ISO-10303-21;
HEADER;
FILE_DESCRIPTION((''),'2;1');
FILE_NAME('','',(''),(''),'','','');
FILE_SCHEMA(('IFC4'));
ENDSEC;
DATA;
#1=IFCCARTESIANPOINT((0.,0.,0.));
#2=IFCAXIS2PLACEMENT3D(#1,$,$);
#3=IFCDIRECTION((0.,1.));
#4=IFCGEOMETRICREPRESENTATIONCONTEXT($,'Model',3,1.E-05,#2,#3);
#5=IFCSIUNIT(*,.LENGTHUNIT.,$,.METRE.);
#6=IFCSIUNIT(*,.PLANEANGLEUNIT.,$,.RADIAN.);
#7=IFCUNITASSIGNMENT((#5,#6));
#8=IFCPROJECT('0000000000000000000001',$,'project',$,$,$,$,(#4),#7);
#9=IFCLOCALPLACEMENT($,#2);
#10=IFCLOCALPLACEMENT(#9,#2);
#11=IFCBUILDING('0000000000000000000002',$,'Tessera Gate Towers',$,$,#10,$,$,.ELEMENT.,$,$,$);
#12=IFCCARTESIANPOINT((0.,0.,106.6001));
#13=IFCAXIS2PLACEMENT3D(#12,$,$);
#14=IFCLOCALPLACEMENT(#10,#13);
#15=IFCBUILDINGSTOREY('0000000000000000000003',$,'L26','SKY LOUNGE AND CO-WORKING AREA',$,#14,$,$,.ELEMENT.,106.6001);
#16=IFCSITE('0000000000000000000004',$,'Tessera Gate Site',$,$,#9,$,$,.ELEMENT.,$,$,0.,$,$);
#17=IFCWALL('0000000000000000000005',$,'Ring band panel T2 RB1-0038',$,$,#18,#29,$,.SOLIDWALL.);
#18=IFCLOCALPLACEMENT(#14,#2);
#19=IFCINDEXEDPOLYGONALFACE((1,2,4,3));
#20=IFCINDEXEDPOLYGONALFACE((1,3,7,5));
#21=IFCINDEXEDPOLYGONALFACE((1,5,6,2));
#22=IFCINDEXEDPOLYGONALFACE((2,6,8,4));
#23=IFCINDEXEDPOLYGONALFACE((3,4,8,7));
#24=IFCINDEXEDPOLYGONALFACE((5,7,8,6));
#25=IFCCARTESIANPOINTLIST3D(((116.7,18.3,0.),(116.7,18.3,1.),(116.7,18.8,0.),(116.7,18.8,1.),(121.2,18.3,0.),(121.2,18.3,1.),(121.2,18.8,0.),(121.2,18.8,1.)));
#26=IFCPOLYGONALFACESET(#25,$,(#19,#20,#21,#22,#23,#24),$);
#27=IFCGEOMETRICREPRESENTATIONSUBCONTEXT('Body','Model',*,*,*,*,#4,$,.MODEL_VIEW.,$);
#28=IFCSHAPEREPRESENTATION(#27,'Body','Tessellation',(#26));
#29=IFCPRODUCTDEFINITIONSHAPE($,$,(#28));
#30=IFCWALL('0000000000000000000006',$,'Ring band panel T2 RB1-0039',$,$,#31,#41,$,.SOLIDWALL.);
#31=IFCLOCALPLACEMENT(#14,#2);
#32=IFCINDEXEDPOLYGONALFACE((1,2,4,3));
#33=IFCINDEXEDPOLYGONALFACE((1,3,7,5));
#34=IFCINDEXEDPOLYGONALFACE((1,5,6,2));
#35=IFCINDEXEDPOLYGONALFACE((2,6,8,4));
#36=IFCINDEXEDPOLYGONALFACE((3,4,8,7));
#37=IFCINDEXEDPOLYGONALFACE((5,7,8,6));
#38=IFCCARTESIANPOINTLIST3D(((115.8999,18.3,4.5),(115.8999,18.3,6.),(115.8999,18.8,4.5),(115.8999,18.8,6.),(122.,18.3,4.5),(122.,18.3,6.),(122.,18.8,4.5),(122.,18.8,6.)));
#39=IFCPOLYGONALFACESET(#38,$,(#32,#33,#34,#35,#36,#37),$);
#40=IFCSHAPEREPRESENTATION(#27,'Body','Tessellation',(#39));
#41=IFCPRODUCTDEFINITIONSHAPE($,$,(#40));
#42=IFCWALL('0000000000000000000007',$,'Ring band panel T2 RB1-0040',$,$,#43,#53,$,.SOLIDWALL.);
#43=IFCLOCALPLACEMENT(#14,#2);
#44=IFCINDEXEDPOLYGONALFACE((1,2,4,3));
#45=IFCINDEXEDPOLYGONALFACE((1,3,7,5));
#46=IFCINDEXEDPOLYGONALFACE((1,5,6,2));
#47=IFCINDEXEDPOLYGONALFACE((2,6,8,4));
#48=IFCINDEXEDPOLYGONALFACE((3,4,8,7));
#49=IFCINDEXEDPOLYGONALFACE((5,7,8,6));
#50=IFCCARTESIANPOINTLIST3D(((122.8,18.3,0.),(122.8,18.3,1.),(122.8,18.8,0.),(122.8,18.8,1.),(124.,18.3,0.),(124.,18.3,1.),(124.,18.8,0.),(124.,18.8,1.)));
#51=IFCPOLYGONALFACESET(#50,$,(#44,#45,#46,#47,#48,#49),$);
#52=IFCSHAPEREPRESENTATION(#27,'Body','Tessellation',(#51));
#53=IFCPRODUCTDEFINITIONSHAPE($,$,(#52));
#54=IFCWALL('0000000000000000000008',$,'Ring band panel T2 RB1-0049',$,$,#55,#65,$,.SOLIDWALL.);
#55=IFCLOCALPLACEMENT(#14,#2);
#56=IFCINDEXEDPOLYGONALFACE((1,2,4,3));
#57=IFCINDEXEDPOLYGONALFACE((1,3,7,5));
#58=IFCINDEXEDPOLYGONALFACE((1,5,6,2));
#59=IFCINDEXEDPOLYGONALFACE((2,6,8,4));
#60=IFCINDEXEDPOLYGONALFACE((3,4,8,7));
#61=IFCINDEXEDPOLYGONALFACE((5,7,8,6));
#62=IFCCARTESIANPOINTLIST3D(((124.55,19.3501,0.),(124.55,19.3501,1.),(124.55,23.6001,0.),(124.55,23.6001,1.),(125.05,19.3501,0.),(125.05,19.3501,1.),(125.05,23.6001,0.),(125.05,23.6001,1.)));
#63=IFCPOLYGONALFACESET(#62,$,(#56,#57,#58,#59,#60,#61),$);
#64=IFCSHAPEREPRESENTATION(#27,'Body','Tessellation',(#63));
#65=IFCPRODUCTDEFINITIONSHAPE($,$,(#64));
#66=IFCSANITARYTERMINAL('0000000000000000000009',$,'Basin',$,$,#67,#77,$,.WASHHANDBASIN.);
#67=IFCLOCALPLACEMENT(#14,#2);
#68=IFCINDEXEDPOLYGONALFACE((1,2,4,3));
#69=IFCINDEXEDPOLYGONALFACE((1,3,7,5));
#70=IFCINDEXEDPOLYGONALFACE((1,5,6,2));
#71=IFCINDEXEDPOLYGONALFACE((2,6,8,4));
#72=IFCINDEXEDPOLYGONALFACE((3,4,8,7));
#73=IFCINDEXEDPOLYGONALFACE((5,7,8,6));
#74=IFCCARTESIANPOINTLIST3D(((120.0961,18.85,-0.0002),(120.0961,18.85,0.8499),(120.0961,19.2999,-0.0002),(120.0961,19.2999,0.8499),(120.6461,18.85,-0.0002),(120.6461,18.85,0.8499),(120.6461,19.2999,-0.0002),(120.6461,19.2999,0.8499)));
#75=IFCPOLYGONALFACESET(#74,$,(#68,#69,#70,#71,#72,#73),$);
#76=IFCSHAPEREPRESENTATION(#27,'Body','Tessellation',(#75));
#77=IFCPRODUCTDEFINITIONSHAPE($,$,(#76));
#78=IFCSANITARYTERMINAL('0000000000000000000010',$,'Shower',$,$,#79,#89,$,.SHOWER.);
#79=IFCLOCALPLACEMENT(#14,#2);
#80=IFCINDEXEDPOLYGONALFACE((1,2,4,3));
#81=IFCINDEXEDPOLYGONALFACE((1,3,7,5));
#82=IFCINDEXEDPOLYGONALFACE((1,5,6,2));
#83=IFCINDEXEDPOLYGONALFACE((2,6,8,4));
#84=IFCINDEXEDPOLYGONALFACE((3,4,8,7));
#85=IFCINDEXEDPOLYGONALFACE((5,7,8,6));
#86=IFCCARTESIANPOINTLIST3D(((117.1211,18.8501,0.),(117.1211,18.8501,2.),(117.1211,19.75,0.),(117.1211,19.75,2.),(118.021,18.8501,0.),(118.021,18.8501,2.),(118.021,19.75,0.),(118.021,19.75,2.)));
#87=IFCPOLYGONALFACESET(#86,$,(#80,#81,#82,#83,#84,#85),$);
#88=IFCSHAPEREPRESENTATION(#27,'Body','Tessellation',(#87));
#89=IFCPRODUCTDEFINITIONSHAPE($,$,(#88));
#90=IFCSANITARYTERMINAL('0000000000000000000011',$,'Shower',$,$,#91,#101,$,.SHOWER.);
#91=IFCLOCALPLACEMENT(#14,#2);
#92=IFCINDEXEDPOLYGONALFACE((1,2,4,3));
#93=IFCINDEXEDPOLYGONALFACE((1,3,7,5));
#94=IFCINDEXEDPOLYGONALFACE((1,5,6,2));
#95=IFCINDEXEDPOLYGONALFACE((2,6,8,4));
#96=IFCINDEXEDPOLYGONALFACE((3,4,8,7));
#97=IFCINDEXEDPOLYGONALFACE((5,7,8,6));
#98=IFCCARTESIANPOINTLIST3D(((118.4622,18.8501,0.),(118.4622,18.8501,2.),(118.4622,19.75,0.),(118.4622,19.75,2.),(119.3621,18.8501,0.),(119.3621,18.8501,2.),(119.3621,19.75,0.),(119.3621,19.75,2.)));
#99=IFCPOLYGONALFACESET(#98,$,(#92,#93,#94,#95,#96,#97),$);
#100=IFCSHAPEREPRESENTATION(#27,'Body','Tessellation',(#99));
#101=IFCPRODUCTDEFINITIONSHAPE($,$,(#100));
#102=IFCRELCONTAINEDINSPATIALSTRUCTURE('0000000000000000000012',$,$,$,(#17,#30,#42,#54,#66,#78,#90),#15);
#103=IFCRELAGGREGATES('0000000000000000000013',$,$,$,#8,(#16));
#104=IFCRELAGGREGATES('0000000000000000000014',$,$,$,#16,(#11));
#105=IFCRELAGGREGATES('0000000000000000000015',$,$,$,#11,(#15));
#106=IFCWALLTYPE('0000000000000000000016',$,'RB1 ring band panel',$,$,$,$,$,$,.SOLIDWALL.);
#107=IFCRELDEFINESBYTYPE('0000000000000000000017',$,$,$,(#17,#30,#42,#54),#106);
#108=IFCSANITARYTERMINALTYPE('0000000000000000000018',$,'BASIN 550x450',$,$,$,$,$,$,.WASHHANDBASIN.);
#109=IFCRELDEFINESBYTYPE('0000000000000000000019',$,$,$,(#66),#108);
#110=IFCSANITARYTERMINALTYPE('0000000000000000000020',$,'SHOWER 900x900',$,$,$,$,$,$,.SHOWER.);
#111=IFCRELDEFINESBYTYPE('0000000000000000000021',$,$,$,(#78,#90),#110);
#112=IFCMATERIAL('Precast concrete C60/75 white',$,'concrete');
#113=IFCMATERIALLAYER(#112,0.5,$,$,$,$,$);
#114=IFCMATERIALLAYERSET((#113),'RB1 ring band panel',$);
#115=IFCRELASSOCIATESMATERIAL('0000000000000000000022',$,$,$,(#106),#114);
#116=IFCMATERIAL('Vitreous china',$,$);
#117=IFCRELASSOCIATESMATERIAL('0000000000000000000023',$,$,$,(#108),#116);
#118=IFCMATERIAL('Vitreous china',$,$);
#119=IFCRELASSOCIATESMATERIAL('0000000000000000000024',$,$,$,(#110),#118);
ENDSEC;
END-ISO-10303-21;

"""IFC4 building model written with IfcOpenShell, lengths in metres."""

from ifc_helpers import new_model, si_unit, direction, frame, origin, origin_2d, place, context, subcontext, project, spatial, polyline, rectangle, outline, extrude, source, transform, mapped, material, layer, layer_set, type_object, element, save


model = new_model("IFC4")

# Units and contexts
model_context = context("Model", 3, precision=1e-05, world=origin(), true_north=direction((0.0, 1.0)))
body_context = subcontext(model_context, "Body", "Model", "MODEL_VIEW")
ifc_project = project(units=[si_unit("LENGTHUNIT", "METRE"), si_unit("PLANEANGLEUNIT", "RADIAN")], contexts=[model_context])

# Site, building, storey
site_placement = place(None, origin())
site = spatial("IfcSite", under=ifc_project, at=site_placement, Name="Tessera Gate Site", CompositionType="ELEMENT", RefElevation=0.0)
building_placement = place(site_placement, origin())
building = spatial("IfcBuilding", under=site, at=building_placement, Name="Tessera Gate Towers", CompositionType="ELEMENT")
storey_placement = place(building_placement, frame((0.0, 0.0, 106.6001)))
storey = spatial("IfcBuildingStorey", under=building, at=storey_placement, Name="L26", Description="SKY LOUNGE AND CO-WORKING AREA", CompositionType="ELEMENT", Elevation=106.6001)

# Walls
ifc_material_1 = material(Name="Precast concrete C60/75 white", Category="concrete")
ifc_layer_1 = layer(ifc_material_1, 0.5)
ifc_layer_set_1 = layer_set([ifc_layer_1], Name="RB1 ring band panel")
wall_type_1 = type_object("IfcWallType", Name="RB1 ring band panel", PredefinedType="SOLIDWALL", material=ifc_layer_set_1)
shared_shape_1 = source(origin(), body_context, "Body", "SweptSolid", [
    extrude(outline(polyline([(0.0, 0.0), (4.5, 0.0), (4.5, 1.0), (0.0, 1.0), (0.0, 0.0)])), frame((0.0, 0.25, 0.0), z_axis=(0.0, -1.0, 0.0), x_axis=(1.0, 0.0, 0.0)), (0.0, 0.0, 1.0), 0.5),
])
wall_1_placement = place(storey_placement, frame((116.7, 18.55, 0.0), z_axis=(0.0, 0.0, 1.0), x_axis=(1.0, 0.0, 0.0)))
element("IfcWall", 1, at=wall_1_placement, inside=storey, type_object=wall_type_1, Name="Ring band panel T2 RB1-0038", PredefinedType="SOLIDWALL", context=body_context, shape_type="MappedRepresentation", body=[
    mapped(shared_shape_1, transform((0.0, 0.0, 0.0), scale=1.0)),
])
shared_shape_2 = source(origin(), body_context, "Body", "SweptSolid", [
    extrude(outline(polyline([(0.0, 0.0), (6.1001, 0.0), (6.1001, 1.5), (0.0, 1.5), (0.0, 0.0)])), frame((0.0, 0.25, 0.0), z_axis=(0.0, -1.0, 0.0), x_axis=(1.0, 0.0, 0.0)), (0.0, 0.0, 1.0), 0.5),
])
wall_2_placement = place(storey_placement, frame((115.8999, 18.55, 4.5), z_axis=(0.0, 0.0, 1.0), x_axis=(1.0, 0.0, 0.0)))
element("IfcWall", 2, at=wall_2_placement, inside=storey, type_object=wall_type_1, Name="Ring band panel T2 RB1-0039", PredefinedType="SOLIDWALL", context=body_context, shape_type="MappedRepresentation", body=[
    mapped(shared_shape_2, transform((0.0, 0.0, 0.0), scale=1.0)),
])
shared_shape_3 = source(origin(), body_context, "Body", "SweptSolid", [
    extrude(outline(polyline([(0.0, 0.0), (1.2, 0.0), (1.2, 1.0), (0.0, 1.0), (0.0, 0.0)])), frame((0.0, 0.25, 0.0), z_axis=(0.0, -1.0, 0.0), x_axis=(1.0, 0.0, 0.0)), (0.0, 0.0, 1.0), 0.5),
])
wall_3_placement = place(storey_placement, frame((122.8, 18.55, 0.0), z_axis=(0.0, 0.0, 1.0), x_axis=(1.0, 0.0, 0.0)))
element("IfcWall", 3, at=wall_3_placement, inside=storey, type_object=wall_type_1, Name="Ring band panel T2 RB1-0040", PredefinedType="SOLIDWALL", context=body_context, shape_type="MappedRepresentation", body=[
    mapped(shared_shape_3, transform((0.0, 0.0, 0.0), scale=1.0)),
])
shared_shape_4 = source(origin(), body_context, "Body", "SweptSolid", [
    extrude(outline(polyline([(0.0, 0.0), (4.25, 0.0), (4.25, 1.0), (0.0, 1.0), (0.0, 0.0)])), frame((0.0, 0.25, 0.0), z_axis=(0.0, -1.0, 0.0), x_axis=(1.0, 0.0, 0.0)), (0.0, 0.0, 1.0), 0.5),
])
wall_4_placement = place(storey_placement, frame((124.8, 19.3501, 0.0), z_axis=(0.0, 0.0, 1.0), x_axis=(0.0, 1.0, 0.0)))
element("IfcWall", 4, at=wall_4_placement, inside=storey, type_object=wall_type_1, Name="Ring band panel T2 RB1-0049", PredefinedType="SOLIDWALL", context=body_context, shape_type="MappedRepresentation", body=[
    mapped(shared_shape_4, transform((0.0, 0.0, 0.0), scale=1.0)),
])

# Sanitary terminals
ifc_material_2 = material(Name="Vitreous china")
sanitary_terminal_type_1 = type_object("IfcSanitaryTerminalType", Name="BASIN 550x450", PredefinedType="WASHHANDBASIN", material=ifc_material_2)
sanitary_terminal_placement = place(storey_placement, frame((120.3711, 19.075, -0.0002), z_axis=(0.0, 0.0, 1.0), x_axis=(1.0, 0.0, 0.0)))
element("IfcSanitaryTerminal", 5, at=sanitary_terminal_placement, inside=storey, type_object=sanitary_terminal_type_1, Name="Basin", PredefinedType="WASHHANDBASIN", context=body_context, shape_type="SweptSolid", body=[
    extrude(rectangle(XDim=0.55, YDim=0.45, at=origin_2d()), origin(), (0.0, 0.0, 1.0), 0.8501),
])
ifc_material_3 = material(Name="Vitreous china")
sanitary_terminal_type_2 = type_object("IfcSanitaryTerminalType", Name="SHOWER 900x900", PredefinedType="SHOWER", material=ifc_material_3)
for number, where, z_axis, x_axis, name in (
    (6, (117.571, 19.3, 0.0), (0.0, 0.0, 1.0), (1.0, 0.0, 0.0), "Shower"),
    (7, (118.9121, 19.3, 0.0), (0.0, 0.0, 1.0), (1.0, 0.0, 0.0), "Shower"),
):
    element("IfcSanitaryTerminal", number, at=place(storey_placement, frame(where, z_axis=z_axis, x_axis=x_axis)), inside=storey, type_object=sanitary_terminal_type_2, Name=name, PredefinedType="SHOWER", context=body_context, shape_type="SweptSolid", body=[
        extrude(rectangle(XDim=0.8999, YDim=0.8999, at=origin_2d()), origin(), (0.0, 0.0, 1.0), 2.0),
    ])

save(model, "model.ifc")
